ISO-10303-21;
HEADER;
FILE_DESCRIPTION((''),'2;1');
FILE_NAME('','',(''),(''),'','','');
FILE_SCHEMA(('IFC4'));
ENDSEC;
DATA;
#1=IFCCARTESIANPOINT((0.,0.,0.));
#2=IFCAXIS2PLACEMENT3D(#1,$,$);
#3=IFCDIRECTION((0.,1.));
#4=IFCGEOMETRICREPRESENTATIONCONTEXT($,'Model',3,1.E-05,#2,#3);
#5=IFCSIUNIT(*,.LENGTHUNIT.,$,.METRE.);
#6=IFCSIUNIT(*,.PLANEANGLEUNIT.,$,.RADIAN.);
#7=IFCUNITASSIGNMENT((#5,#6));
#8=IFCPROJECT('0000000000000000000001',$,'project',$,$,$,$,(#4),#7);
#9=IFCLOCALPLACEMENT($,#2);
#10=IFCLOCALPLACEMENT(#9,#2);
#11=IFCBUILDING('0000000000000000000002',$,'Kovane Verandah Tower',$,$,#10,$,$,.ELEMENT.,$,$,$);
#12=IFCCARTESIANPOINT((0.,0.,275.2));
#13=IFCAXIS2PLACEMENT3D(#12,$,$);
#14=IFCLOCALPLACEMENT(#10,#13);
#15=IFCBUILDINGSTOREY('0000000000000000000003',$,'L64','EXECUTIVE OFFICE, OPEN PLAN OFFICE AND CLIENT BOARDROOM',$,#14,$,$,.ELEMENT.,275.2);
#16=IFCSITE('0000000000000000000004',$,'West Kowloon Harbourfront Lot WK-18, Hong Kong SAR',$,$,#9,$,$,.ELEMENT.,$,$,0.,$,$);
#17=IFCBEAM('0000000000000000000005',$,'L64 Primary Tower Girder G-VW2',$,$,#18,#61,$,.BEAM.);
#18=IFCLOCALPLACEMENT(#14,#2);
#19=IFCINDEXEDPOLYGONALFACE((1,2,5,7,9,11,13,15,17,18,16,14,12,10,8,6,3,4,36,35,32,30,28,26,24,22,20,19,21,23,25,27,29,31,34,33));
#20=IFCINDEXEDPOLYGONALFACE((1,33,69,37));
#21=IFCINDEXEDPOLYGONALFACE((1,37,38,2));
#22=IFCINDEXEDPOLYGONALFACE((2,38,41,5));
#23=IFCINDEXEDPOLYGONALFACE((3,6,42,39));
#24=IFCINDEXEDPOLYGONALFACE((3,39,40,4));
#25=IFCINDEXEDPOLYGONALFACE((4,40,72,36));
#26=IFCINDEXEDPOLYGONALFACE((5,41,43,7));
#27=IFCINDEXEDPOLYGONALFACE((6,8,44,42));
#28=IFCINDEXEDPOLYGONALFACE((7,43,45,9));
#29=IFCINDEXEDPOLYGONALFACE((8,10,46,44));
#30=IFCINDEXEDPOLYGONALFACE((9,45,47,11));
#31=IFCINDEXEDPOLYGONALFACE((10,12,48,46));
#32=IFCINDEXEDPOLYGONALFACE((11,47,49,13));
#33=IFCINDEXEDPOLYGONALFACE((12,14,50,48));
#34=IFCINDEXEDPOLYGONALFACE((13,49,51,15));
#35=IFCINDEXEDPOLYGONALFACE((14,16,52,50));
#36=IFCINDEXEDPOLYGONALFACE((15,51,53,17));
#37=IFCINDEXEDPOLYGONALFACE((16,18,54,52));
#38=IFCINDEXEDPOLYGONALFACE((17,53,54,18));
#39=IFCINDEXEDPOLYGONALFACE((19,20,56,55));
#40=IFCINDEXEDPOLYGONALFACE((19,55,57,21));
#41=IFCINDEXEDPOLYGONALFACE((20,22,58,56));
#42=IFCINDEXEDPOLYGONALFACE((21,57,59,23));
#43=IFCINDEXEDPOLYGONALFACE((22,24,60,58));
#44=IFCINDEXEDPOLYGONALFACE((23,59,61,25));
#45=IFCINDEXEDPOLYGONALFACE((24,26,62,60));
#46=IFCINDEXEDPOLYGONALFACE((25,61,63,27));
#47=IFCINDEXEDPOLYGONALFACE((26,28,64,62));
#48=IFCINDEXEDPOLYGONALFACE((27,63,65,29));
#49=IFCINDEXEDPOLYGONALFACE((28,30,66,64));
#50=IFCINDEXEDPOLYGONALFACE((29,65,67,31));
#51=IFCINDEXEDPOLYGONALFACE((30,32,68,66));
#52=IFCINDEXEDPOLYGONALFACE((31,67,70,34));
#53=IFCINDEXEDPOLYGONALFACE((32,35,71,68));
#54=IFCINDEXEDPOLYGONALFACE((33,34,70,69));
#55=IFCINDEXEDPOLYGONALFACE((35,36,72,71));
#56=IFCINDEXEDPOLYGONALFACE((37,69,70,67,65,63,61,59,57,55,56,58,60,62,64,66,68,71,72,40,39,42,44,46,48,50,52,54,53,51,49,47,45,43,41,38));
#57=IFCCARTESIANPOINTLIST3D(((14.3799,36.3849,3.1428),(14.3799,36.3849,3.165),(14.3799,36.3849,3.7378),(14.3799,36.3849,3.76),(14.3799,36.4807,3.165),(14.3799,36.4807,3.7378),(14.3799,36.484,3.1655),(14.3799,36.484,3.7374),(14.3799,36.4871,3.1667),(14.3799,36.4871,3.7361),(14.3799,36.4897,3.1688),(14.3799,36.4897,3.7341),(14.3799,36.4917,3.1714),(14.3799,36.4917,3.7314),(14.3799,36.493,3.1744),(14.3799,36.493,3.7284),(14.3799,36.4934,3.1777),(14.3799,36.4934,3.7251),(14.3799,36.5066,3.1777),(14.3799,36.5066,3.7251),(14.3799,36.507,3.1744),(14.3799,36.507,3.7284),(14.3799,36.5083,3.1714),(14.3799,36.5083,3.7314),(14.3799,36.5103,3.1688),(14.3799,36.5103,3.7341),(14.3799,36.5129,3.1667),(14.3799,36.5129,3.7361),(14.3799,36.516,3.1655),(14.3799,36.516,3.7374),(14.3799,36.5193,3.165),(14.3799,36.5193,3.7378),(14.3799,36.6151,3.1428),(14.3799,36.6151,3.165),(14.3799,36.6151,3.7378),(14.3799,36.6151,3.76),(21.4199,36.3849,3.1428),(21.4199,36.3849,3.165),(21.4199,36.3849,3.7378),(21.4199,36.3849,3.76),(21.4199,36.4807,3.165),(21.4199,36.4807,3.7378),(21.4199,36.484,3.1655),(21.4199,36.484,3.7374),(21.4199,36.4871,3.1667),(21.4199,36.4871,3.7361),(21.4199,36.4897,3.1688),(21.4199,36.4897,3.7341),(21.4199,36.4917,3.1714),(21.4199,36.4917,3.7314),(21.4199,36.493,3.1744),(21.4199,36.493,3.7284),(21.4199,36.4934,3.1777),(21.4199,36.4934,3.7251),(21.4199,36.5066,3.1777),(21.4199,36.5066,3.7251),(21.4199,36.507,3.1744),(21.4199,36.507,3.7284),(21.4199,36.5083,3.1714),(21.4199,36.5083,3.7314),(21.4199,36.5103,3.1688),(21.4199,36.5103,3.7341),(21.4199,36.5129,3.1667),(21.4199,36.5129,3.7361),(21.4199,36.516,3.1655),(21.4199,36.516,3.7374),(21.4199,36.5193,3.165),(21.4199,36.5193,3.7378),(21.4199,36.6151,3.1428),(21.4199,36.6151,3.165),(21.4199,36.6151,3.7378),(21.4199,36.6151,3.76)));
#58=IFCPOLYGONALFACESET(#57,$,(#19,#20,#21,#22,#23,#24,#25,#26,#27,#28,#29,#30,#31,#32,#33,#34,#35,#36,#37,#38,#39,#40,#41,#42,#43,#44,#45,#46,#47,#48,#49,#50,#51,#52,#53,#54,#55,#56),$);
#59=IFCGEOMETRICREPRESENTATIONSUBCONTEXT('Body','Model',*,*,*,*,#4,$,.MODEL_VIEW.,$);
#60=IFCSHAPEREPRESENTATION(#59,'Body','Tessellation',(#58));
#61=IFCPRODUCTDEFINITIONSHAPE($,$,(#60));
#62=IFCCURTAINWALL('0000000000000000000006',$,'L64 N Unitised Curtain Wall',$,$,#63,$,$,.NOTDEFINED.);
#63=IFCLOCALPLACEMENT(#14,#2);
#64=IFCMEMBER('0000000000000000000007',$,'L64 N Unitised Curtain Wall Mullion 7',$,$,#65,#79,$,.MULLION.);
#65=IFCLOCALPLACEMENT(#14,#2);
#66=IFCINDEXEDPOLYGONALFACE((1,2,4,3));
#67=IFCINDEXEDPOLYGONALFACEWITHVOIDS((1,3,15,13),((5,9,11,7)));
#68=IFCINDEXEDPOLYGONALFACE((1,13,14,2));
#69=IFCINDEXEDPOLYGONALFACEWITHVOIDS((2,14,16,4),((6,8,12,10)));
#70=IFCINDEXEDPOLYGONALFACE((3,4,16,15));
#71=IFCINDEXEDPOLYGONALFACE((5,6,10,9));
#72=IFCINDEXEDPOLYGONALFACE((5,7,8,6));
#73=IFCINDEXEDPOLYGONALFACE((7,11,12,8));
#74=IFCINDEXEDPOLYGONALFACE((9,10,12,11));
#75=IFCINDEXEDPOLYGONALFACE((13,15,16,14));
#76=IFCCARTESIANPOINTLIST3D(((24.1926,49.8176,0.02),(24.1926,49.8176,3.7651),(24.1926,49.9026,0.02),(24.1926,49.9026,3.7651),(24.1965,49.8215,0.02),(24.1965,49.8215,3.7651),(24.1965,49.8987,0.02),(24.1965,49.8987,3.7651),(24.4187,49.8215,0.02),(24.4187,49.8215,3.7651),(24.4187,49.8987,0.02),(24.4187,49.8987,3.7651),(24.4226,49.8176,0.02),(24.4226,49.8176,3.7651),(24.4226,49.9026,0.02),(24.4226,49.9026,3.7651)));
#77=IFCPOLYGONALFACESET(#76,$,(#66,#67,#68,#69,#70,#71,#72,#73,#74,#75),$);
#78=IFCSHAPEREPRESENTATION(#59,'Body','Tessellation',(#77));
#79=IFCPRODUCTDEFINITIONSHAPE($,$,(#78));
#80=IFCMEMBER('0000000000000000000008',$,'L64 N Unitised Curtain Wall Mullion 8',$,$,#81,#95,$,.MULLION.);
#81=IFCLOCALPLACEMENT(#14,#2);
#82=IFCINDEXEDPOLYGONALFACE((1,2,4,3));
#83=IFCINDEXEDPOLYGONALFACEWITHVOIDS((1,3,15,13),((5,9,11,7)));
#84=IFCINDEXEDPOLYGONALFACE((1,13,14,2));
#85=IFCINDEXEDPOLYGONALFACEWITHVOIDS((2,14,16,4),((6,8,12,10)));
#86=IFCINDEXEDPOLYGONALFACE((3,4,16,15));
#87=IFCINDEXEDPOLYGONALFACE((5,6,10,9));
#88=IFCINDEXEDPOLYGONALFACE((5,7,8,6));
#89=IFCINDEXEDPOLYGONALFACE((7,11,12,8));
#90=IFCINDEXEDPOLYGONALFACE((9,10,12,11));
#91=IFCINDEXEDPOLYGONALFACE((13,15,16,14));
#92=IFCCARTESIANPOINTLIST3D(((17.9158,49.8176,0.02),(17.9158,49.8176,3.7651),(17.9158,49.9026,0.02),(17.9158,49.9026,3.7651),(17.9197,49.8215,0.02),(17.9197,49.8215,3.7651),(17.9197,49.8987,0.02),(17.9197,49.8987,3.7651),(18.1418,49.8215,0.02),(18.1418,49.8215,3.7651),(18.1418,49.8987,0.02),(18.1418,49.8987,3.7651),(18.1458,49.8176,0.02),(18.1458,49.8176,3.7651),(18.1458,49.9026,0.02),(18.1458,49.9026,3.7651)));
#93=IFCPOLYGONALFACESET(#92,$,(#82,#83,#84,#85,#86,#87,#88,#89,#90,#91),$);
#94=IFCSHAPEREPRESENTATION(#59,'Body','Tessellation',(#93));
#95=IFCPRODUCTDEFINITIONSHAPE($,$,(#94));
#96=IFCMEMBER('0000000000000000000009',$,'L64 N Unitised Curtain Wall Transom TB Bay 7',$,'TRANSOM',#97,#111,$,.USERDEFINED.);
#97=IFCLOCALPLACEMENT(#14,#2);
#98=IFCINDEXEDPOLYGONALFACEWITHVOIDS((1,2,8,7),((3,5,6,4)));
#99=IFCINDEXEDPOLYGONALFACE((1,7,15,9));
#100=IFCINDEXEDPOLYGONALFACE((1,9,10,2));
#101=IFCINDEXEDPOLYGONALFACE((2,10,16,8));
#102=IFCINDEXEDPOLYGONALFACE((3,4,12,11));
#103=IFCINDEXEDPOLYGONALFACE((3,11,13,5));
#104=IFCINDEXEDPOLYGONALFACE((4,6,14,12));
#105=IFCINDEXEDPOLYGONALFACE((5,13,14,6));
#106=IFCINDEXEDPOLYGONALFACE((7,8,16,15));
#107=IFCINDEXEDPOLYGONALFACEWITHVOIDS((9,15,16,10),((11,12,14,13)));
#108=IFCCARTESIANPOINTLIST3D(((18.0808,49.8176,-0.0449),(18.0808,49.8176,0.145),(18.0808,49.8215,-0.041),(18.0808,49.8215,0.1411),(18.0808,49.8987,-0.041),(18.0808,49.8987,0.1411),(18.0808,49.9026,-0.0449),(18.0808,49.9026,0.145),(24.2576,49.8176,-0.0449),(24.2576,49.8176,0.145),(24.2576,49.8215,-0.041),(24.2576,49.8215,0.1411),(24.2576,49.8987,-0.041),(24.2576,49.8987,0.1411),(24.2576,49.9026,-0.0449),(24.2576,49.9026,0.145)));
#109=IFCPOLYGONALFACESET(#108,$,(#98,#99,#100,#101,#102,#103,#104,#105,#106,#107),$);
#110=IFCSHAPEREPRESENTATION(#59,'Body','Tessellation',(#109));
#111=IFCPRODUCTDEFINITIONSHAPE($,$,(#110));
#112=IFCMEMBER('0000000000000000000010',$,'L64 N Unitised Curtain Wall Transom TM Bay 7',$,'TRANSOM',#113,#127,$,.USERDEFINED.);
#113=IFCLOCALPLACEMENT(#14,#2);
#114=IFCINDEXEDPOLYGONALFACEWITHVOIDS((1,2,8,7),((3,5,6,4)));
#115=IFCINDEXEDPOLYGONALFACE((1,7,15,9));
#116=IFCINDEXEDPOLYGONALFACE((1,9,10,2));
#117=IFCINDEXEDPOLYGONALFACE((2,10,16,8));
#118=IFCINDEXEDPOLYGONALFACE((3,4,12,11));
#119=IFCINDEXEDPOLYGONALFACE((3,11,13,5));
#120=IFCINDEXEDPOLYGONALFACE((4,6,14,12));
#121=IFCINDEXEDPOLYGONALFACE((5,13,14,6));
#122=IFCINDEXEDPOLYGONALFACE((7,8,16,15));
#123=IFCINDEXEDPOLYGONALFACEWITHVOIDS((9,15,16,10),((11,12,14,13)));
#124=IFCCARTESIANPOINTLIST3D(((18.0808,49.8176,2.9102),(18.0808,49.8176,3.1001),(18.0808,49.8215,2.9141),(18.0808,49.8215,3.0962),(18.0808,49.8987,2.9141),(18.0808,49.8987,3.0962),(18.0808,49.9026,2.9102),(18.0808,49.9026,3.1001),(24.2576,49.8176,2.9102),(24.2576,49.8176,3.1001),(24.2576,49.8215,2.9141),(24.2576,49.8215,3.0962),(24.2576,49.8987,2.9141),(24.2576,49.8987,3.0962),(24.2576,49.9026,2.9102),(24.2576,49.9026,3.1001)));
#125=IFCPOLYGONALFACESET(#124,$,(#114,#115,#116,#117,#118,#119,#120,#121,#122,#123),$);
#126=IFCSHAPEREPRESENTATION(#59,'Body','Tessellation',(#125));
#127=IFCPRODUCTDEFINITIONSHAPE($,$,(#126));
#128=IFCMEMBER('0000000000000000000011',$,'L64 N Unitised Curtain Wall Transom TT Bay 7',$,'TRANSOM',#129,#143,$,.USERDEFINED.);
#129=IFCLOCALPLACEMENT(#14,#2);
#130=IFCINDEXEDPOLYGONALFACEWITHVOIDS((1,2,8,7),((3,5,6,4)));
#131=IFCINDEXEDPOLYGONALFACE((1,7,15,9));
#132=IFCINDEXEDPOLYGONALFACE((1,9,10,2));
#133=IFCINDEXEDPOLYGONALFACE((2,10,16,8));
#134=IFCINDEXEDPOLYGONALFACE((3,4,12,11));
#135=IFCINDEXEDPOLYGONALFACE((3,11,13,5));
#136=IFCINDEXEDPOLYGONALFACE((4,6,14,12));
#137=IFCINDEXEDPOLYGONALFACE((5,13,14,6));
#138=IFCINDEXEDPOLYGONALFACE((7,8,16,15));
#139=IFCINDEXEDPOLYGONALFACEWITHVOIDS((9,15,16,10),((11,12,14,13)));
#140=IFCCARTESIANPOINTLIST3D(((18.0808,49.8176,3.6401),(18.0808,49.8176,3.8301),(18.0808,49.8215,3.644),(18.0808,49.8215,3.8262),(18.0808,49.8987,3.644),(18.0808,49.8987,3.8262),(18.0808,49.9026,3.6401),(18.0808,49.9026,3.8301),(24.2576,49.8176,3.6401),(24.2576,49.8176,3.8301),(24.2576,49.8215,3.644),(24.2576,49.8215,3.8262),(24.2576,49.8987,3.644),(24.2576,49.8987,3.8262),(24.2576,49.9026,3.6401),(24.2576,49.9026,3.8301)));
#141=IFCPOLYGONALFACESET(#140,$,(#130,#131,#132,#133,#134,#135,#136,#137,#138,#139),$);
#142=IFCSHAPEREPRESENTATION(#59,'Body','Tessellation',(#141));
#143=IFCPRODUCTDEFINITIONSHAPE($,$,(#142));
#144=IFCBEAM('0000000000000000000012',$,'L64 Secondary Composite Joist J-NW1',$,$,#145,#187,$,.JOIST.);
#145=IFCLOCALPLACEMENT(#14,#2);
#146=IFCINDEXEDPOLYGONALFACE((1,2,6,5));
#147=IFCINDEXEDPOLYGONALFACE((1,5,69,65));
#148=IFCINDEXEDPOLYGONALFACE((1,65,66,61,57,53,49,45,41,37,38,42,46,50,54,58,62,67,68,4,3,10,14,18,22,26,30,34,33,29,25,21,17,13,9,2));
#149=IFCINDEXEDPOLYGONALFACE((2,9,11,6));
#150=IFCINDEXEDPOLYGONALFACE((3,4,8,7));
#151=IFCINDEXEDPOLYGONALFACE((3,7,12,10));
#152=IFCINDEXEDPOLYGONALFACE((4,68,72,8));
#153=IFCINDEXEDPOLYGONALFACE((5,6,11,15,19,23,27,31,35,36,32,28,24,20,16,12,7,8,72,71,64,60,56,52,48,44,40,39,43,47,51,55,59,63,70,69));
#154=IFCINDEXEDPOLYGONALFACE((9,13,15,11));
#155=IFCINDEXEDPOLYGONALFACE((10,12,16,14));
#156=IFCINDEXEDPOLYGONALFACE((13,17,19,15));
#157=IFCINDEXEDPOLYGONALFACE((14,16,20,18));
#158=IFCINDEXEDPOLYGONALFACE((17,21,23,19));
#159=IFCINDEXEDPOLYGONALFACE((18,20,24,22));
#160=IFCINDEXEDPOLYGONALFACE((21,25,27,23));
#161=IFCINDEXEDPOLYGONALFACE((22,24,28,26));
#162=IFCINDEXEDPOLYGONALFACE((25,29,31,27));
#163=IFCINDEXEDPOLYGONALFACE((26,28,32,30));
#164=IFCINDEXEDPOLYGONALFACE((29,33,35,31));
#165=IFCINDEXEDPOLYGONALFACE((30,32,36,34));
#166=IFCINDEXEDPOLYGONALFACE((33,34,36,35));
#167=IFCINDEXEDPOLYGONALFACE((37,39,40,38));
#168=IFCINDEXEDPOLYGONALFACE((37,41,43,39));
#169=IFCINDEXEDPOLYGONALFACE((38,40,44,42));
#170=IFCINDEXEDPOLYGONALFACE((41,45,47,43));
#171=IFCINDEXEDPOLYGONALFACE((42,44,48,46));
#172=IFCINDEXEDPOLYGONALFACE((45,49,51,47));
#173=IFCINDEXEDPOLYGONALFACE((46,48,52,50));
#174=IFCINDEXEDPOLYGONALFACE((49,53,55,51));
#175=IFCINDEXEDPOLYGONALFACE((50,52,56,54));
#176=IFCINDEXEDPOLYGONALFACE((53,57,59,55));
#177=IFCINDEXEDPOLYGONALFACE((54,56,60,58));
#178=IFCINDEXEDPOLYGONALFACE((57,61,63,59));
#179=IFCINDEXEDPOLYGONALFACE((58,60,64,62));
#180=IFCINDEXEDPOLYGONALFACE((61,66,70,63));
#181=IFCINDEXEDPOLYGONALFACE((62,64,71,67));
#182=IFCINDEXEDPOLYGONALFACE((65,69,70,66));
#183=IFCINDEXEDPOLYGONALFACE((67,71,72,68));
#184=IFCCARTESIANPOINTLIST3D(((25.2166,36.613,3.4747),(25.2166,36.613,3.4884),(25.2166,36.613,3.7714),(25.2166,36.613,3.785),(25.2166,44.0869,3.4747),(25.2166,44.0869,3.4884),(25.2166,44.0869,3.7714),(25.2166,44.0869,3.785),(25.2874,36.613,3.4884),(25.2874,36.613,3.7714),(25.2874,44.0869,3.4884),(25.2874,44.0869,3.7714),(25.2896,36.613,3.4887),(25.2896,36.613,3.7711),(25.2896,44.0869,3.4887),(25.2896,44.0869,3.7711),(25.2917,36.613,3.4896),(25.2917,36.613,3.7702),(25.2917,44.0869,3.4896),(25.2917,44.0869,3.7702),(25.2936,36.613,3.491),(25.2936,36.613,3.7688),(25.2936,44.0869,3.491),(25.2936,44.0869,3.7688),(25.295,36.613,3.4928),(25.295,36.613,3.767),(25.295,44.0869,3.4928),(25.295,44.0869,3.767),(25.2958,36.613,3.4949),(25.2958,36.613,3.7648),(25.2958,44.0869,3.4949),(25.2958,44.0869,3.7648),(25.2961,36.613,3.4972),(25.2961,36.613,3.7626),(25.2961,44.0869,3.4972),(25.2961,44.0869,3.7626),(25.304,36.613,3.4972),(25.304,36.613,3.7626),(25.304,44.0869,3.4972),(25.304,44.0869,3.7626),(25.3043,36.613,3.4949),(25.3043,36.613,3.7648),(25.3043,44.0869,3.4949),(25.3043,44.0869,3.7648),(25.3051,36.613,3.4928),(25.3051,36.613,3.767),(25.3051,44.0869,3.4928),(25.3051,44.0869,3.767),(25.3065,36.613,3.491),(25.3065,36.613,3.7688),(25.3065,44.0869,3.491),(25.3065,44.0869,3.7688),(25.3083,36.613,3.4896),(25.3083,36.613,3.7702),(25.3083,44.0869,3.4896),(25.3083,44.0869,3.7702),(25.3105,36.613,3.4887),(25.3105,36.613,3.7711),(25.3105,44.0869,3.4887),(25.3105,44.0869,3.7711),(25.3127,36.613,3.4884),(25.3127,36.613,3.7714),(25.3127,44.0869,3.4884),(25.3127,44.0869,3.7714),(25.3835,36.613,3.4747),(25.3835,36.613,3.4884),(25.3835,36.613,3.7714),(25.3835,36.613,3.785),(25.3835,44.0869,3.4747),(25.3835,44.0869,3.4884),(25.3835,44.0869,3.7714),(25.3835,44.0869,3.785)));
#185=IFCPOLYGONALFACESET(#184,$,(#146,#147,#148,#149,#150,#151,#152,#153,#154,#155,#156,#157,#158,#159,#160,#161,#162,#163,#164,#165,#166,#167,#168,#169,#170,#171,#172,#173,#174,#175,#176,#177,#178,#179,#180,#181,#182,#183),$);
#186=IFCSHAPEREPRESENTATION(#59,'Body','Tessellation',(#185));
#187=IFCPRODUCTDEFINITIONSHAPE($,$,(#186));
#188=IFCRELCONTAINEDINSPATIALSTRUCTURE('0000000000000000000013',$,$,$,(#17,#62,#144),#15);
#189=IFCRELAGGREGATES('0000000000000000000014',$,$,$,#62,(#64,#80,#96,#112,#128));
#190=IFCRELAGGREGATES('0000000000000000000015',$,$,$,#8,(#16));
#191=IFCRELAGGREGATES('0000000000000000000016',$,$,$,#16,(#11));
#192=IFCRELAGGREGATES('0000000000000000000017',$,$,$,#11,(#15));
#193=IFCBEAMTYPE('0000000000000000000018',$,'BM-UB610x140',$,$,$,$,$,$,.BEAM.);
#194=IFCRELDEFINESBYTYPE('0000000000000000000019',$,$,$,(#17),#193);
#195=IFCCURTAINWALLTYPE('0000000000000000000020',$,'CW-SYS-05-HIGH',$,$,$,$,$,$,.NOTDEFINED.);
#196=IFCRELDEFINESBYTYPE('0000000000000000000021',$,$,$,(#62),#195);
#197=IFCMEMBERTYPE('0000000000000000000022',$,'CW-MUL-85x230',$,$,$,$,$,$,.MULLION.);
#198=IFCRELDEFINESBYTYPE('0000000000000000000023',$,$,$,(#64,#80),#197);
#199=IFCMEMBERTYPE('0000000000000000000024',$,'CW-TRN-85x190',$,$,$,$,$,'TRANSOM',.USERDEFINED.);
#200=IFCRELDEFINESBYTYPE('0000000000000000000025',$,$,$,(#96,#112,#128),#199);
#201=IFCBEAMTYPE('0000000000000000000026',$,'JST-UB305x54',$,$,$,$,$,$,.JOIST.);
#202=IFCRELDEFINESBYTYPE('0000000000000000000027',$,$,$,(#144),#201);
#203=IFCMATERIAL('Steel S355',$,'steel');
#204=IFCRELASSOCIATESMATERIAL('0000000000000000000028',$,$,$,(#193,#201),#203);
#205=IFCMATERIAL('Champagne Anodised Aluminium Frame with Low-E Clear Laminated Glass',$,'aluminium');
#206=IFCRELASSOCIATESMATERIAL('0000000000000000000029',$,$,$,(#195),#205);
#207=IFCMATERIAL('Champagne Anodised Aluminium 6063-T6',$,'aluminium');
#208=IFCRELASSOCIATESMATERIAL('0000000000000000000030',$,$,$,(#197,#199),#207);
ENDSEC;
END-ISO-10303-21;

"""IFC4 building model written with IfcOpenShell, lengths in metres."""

from ifc_helpers import new_model, si_unit, direction, frame, origin, origin_2d, place, context, subcontext, project, spatial, hollow_rectangle, i_section, extrude, material, material_profile, profile_set, type_object, element, aggregate, save


model = new_model("IFC4")

# Units and contexts
model_context = context("Model", 3, precision=1e-05, world=origin(), true_north=direction((0.0, 1.0)))
body_context = subcontext(model_context, "Body", "Model", "MODEL_VIEW")
ifc_project = project(units=[si_unit("LENGTHUNIT", "METRE"), si_unit("PLANEANGLEUNIT", "RADIAN")], contexts=[model_context])

# Site, building, storey
site_placement = place(None, origin())
site = spatial("IfcSite", under=ifc_project, at=site_placement, Name="West Kowloon Harbourfront Lot WK-18, Hong Kong SAR", CompositionType="ELEMENT", RefElevation=0.0)
building_placement = place(site_placement, origin())
building = spatial("IfcBuilding", under=site, at=building_placement, Name="Kovane Verandah Tower", CompositionType="ELEMENT")
storey_placement = place(building_placement, frame((0.0, 0.0, 275.2)))
storey = spatial("IfcBuildingStorey", under=building, at=storey_placement, Name="L64", Description="EXECUTIVE OFFICE, OPEN PLAN OFFICE AND CLIENT BOARDROOM", CompositionType="ELEMENT", Elevation=275.2)

# Beam
ifc_material_1 = material(Name="Steel S355", Category="steel")
ifc_material_profile_1 = material_profile(ifc_material_1, i_section(OverallWidth=0.2302, OverallDepth=0.6172, WebThickness=0.0132, FlangeThickness=0.0222, FilletRadius=0.0127, at=origin_2d()), Name="UB610x229x140")
ifc_profile_set_1 = profile_set([ifc_material_profile_1], Name="Steel S355")
beam_type_1 = type_object("IfcBeamType", Name="BM-UB610x140", PredefinedType="BEAM", material=ifc_profile_set_1)
beam_1_placement = place(storey_placement, frame((21.4199, 36.5, 3.4514), z_axis=(-1.0, 0.0, 0.0), x_axis=(0.0, -1.0, 0.0)))
element("IfcBeam", 1, at=beam_1_placement, inside=storey, type_object=beam_type_1, Name="L64 Primary Tower Girder G-VW2", PredefinedType="BEAM", context=body_context, shape_type="SweptSolid", body=[
    extrude(i_section(OverallWidth=0.2302, OverallDepth=0.6172, WebThickness=0.0132, FlangeThickness=0.0222, FilletRadius=0.0127, at=origin_2d()), origin(), (0.0, 0.0, 1.0), 7.04),
])

# Curtain wall, members
ifc_material_2 = material(Name="Champagne Anodised Aluminium Frame with Low-E Clear Laminated Glass", Category="aluminium")
curtain_wall_type = type_object("IfcCurtainWallType", Name="CW-SYS-05-HIGH", PredefinedType="NOTDEFINED", material=ifc_material_2)
curtain_wall_placement = place(storey_placement, origin())
curtain_wall = element("IfcCurtainWall", 2, at=curtain_wall_placement, inside=storey, type_object=curtain_wall_type, Name="L64 N Unitised Curtain Wall", PredefinedType="NOTDEFINED")
ifc_material_3 = material(Name="Champagne Anodised Aluminium 6063-T6", Category="aluminium")
ifc_material_profile_2 = material_profile(ifc_material_3, hollow_rectangle(XDim=0.085, YDim=0.23, WallThickness=0.0039, at=origin_2d()), Name="AL85x230x4")
ifc_profile_set_2 = profile_set([ifc_material_profile_2], Name="Champagne Anodised Aluminium 6063-T6")
member_type_1 = type_object("IfcMemberType", Name="CW-MUL-85x230", PredefinedType="MULLION", material=ifc_profile_set_2)
member_1_placement = place(storey_placement, frame((24.3076, 49.8601, 0.02), z_axis=(0.0, 0.0, 1.0), x_axis=(0.0, 1.0, 0.0)))
member_1 = element("IfcMember", 3, at=member_1_placement, type_object=member_type_1, Name="L64 N Unitised Curtain Wall Mullion 7", PredefinedType="MULLION", context=body_context, shape_type="SweptSolid", body=[
    extrude(hollow_rectangle(XDim=0.085, YDim=0.23, WallThickness=0.0039, at=origin_2d()), origin(), (0.0, 0.0, 1.0), 3.7451),
])
member_2_placement = place(storey_placement, frame((18.0308, 49.8601, 0.02), z_axis=(0.0, 0.0, 1.0), x_axis=(0.0, 1.0, 0.0)))
member_2 = element("IfcMember", 4, at=member_2_placement, type_object=member_type_1, Name="L64 N Unitised Curtain Wall Mullion 8", PredefinedType="MULLION", context=body_context, shape_type="SweptSolid", body=[
    extrude(hollow_rectangle(XDim=0.085, YDim=0.23, WallThickness=0.0039, at=origin_2d()), origin(), (0.0, 0.0, 1.0), 3.7451),
])
ifc_material_profile_3 = material_profile(ifc_material_3, hollow_rectangle(XDim=0.085, YDim=0.1899, WallThickness=0.0039, at=origin_2d()), Name="AL85x190x4")
ifc_profile_set_3 = profile_set([ifc_material_profile_3], Name="Champagne Anodised Aluminium 6063-T6")
member_type_2 = type_object("IfcMemberType", Name="CW-TRN-85x190", ElementType="TRANSOM", PredefinedType="USERDEFINED", material=ifc_profile_set_3)
member_3_placement = place(storey_placement, frame((24.2576, 49.8601, 0.05), z_axis=(-1.0, 0.0, 0.0), x_axis=(0.0, -1.0, 0.0)))
member_3 = element("IfcMember", 5, at=member_3_placement, type_object=member_type_2, Name="L64 N Unitised Curtain Wall Transom TB Bay 7", ObjectType="TRANSOM", PredefinedType="USERDEFINED", context=body_context, shape_type="SweptSolid", body=[
    extrude(hollow_rectangle(XDim=0.085, YDim=0.1899, WallThickness=0.0039, at=origin_2d()), origin(), (0.0, 0.0, 1.0), 6.1768),
])
member_4_placement = place(storey_placement, frame((24.2576, 49.8601, 3.0051), z_axis=(-1.0, 0.0, 0.0), x_axis=(0.0, -1.0, 0.0)))
member_4 = element("IfcMember", 6, at=member_4_placement, type_object=member_type_2, Name="L64 N Unitised Curtain Wall Transom TM Bay 7", ObjectType="TRANSOM", PredefinedType="USERDEFINED", context=body_context, shape_type="SweptSolid", body=[
    extrude(hollow_rectangle(XDim=0.085, YDim=0.1899, WallThickness=0.0039, at=origin_2d()), origin(), (0.0, 0.0, 1.0), 6.1768),
])
member_5_placement = place(storey_placement, frame((24.2576, 49.8601, 3.7351), z_axis=(-1.0, 0.0, 0.0), x_axis=(0.0, -1.0, 0.0)))
member_5 = element("IfcMember", 7, at=member_5_placement, type_object=member_type_2, Name="L64 N Unitised Curtain Wall Transom TT Bay 7", ObjectType="TRANSOM", PredefinedType="USERDEFINED", context=body_context, shape_type="SweptSolid", body=[
    extrude(hollow_rectangle(XDim=0.085, YDim=0.1899, WallThickness=0.0039, at=origin_2d()), origin(), (0.0, 0.0, 1.0), 6.1768),
])

# Beam
ifc_material_profile_4 = material_profile(ifc_material_1, i_section(OverallWidth=0.167, OverallDepth=0.3103, WebThickness=0.0078, FlangeThickness=0.0137, FilletRadius=0.0088, at=origin_2d()), Name="UB305x165x54")
ifc_profile_set_4 = profile_set([ifc_material_profile_4], Name="Steel S355")
beam_type_2 = type_object("IfcBeamType", Name="JST-UB305x54", PredefinedType="JOIST", material=ifc_profile_set_4)
beam_2_placement = place(storey_placement, frame((25.3, 36.613, 3.6299), z_axis=(0.0, 1.0, 0.0), x_axis=(-1.0, 0.0, 0.0)))
element("IfcBeam", 8, at=beam_2_placement, inside=storey, type_object=beam_type_2, Name="L64 Secondary Composite Joist J-NW1", PredefinedType="JOIST", context=body_context, shape_type="SweptSolid", body=[
    extrude(i_section(OverallWidth=0.167, OverallDepth=0.3103, WebThickness=0.0078, FlangeThickness=0.0137, FilletRadius=0.0088, at=origin_2d()), origin(), (0.0, 0.0, 1.0), 7.4739),
])

aggregate(curtain_wall, [member_1, member_2, member_3, member_4, member_5])

save(model, "model.ifc")
